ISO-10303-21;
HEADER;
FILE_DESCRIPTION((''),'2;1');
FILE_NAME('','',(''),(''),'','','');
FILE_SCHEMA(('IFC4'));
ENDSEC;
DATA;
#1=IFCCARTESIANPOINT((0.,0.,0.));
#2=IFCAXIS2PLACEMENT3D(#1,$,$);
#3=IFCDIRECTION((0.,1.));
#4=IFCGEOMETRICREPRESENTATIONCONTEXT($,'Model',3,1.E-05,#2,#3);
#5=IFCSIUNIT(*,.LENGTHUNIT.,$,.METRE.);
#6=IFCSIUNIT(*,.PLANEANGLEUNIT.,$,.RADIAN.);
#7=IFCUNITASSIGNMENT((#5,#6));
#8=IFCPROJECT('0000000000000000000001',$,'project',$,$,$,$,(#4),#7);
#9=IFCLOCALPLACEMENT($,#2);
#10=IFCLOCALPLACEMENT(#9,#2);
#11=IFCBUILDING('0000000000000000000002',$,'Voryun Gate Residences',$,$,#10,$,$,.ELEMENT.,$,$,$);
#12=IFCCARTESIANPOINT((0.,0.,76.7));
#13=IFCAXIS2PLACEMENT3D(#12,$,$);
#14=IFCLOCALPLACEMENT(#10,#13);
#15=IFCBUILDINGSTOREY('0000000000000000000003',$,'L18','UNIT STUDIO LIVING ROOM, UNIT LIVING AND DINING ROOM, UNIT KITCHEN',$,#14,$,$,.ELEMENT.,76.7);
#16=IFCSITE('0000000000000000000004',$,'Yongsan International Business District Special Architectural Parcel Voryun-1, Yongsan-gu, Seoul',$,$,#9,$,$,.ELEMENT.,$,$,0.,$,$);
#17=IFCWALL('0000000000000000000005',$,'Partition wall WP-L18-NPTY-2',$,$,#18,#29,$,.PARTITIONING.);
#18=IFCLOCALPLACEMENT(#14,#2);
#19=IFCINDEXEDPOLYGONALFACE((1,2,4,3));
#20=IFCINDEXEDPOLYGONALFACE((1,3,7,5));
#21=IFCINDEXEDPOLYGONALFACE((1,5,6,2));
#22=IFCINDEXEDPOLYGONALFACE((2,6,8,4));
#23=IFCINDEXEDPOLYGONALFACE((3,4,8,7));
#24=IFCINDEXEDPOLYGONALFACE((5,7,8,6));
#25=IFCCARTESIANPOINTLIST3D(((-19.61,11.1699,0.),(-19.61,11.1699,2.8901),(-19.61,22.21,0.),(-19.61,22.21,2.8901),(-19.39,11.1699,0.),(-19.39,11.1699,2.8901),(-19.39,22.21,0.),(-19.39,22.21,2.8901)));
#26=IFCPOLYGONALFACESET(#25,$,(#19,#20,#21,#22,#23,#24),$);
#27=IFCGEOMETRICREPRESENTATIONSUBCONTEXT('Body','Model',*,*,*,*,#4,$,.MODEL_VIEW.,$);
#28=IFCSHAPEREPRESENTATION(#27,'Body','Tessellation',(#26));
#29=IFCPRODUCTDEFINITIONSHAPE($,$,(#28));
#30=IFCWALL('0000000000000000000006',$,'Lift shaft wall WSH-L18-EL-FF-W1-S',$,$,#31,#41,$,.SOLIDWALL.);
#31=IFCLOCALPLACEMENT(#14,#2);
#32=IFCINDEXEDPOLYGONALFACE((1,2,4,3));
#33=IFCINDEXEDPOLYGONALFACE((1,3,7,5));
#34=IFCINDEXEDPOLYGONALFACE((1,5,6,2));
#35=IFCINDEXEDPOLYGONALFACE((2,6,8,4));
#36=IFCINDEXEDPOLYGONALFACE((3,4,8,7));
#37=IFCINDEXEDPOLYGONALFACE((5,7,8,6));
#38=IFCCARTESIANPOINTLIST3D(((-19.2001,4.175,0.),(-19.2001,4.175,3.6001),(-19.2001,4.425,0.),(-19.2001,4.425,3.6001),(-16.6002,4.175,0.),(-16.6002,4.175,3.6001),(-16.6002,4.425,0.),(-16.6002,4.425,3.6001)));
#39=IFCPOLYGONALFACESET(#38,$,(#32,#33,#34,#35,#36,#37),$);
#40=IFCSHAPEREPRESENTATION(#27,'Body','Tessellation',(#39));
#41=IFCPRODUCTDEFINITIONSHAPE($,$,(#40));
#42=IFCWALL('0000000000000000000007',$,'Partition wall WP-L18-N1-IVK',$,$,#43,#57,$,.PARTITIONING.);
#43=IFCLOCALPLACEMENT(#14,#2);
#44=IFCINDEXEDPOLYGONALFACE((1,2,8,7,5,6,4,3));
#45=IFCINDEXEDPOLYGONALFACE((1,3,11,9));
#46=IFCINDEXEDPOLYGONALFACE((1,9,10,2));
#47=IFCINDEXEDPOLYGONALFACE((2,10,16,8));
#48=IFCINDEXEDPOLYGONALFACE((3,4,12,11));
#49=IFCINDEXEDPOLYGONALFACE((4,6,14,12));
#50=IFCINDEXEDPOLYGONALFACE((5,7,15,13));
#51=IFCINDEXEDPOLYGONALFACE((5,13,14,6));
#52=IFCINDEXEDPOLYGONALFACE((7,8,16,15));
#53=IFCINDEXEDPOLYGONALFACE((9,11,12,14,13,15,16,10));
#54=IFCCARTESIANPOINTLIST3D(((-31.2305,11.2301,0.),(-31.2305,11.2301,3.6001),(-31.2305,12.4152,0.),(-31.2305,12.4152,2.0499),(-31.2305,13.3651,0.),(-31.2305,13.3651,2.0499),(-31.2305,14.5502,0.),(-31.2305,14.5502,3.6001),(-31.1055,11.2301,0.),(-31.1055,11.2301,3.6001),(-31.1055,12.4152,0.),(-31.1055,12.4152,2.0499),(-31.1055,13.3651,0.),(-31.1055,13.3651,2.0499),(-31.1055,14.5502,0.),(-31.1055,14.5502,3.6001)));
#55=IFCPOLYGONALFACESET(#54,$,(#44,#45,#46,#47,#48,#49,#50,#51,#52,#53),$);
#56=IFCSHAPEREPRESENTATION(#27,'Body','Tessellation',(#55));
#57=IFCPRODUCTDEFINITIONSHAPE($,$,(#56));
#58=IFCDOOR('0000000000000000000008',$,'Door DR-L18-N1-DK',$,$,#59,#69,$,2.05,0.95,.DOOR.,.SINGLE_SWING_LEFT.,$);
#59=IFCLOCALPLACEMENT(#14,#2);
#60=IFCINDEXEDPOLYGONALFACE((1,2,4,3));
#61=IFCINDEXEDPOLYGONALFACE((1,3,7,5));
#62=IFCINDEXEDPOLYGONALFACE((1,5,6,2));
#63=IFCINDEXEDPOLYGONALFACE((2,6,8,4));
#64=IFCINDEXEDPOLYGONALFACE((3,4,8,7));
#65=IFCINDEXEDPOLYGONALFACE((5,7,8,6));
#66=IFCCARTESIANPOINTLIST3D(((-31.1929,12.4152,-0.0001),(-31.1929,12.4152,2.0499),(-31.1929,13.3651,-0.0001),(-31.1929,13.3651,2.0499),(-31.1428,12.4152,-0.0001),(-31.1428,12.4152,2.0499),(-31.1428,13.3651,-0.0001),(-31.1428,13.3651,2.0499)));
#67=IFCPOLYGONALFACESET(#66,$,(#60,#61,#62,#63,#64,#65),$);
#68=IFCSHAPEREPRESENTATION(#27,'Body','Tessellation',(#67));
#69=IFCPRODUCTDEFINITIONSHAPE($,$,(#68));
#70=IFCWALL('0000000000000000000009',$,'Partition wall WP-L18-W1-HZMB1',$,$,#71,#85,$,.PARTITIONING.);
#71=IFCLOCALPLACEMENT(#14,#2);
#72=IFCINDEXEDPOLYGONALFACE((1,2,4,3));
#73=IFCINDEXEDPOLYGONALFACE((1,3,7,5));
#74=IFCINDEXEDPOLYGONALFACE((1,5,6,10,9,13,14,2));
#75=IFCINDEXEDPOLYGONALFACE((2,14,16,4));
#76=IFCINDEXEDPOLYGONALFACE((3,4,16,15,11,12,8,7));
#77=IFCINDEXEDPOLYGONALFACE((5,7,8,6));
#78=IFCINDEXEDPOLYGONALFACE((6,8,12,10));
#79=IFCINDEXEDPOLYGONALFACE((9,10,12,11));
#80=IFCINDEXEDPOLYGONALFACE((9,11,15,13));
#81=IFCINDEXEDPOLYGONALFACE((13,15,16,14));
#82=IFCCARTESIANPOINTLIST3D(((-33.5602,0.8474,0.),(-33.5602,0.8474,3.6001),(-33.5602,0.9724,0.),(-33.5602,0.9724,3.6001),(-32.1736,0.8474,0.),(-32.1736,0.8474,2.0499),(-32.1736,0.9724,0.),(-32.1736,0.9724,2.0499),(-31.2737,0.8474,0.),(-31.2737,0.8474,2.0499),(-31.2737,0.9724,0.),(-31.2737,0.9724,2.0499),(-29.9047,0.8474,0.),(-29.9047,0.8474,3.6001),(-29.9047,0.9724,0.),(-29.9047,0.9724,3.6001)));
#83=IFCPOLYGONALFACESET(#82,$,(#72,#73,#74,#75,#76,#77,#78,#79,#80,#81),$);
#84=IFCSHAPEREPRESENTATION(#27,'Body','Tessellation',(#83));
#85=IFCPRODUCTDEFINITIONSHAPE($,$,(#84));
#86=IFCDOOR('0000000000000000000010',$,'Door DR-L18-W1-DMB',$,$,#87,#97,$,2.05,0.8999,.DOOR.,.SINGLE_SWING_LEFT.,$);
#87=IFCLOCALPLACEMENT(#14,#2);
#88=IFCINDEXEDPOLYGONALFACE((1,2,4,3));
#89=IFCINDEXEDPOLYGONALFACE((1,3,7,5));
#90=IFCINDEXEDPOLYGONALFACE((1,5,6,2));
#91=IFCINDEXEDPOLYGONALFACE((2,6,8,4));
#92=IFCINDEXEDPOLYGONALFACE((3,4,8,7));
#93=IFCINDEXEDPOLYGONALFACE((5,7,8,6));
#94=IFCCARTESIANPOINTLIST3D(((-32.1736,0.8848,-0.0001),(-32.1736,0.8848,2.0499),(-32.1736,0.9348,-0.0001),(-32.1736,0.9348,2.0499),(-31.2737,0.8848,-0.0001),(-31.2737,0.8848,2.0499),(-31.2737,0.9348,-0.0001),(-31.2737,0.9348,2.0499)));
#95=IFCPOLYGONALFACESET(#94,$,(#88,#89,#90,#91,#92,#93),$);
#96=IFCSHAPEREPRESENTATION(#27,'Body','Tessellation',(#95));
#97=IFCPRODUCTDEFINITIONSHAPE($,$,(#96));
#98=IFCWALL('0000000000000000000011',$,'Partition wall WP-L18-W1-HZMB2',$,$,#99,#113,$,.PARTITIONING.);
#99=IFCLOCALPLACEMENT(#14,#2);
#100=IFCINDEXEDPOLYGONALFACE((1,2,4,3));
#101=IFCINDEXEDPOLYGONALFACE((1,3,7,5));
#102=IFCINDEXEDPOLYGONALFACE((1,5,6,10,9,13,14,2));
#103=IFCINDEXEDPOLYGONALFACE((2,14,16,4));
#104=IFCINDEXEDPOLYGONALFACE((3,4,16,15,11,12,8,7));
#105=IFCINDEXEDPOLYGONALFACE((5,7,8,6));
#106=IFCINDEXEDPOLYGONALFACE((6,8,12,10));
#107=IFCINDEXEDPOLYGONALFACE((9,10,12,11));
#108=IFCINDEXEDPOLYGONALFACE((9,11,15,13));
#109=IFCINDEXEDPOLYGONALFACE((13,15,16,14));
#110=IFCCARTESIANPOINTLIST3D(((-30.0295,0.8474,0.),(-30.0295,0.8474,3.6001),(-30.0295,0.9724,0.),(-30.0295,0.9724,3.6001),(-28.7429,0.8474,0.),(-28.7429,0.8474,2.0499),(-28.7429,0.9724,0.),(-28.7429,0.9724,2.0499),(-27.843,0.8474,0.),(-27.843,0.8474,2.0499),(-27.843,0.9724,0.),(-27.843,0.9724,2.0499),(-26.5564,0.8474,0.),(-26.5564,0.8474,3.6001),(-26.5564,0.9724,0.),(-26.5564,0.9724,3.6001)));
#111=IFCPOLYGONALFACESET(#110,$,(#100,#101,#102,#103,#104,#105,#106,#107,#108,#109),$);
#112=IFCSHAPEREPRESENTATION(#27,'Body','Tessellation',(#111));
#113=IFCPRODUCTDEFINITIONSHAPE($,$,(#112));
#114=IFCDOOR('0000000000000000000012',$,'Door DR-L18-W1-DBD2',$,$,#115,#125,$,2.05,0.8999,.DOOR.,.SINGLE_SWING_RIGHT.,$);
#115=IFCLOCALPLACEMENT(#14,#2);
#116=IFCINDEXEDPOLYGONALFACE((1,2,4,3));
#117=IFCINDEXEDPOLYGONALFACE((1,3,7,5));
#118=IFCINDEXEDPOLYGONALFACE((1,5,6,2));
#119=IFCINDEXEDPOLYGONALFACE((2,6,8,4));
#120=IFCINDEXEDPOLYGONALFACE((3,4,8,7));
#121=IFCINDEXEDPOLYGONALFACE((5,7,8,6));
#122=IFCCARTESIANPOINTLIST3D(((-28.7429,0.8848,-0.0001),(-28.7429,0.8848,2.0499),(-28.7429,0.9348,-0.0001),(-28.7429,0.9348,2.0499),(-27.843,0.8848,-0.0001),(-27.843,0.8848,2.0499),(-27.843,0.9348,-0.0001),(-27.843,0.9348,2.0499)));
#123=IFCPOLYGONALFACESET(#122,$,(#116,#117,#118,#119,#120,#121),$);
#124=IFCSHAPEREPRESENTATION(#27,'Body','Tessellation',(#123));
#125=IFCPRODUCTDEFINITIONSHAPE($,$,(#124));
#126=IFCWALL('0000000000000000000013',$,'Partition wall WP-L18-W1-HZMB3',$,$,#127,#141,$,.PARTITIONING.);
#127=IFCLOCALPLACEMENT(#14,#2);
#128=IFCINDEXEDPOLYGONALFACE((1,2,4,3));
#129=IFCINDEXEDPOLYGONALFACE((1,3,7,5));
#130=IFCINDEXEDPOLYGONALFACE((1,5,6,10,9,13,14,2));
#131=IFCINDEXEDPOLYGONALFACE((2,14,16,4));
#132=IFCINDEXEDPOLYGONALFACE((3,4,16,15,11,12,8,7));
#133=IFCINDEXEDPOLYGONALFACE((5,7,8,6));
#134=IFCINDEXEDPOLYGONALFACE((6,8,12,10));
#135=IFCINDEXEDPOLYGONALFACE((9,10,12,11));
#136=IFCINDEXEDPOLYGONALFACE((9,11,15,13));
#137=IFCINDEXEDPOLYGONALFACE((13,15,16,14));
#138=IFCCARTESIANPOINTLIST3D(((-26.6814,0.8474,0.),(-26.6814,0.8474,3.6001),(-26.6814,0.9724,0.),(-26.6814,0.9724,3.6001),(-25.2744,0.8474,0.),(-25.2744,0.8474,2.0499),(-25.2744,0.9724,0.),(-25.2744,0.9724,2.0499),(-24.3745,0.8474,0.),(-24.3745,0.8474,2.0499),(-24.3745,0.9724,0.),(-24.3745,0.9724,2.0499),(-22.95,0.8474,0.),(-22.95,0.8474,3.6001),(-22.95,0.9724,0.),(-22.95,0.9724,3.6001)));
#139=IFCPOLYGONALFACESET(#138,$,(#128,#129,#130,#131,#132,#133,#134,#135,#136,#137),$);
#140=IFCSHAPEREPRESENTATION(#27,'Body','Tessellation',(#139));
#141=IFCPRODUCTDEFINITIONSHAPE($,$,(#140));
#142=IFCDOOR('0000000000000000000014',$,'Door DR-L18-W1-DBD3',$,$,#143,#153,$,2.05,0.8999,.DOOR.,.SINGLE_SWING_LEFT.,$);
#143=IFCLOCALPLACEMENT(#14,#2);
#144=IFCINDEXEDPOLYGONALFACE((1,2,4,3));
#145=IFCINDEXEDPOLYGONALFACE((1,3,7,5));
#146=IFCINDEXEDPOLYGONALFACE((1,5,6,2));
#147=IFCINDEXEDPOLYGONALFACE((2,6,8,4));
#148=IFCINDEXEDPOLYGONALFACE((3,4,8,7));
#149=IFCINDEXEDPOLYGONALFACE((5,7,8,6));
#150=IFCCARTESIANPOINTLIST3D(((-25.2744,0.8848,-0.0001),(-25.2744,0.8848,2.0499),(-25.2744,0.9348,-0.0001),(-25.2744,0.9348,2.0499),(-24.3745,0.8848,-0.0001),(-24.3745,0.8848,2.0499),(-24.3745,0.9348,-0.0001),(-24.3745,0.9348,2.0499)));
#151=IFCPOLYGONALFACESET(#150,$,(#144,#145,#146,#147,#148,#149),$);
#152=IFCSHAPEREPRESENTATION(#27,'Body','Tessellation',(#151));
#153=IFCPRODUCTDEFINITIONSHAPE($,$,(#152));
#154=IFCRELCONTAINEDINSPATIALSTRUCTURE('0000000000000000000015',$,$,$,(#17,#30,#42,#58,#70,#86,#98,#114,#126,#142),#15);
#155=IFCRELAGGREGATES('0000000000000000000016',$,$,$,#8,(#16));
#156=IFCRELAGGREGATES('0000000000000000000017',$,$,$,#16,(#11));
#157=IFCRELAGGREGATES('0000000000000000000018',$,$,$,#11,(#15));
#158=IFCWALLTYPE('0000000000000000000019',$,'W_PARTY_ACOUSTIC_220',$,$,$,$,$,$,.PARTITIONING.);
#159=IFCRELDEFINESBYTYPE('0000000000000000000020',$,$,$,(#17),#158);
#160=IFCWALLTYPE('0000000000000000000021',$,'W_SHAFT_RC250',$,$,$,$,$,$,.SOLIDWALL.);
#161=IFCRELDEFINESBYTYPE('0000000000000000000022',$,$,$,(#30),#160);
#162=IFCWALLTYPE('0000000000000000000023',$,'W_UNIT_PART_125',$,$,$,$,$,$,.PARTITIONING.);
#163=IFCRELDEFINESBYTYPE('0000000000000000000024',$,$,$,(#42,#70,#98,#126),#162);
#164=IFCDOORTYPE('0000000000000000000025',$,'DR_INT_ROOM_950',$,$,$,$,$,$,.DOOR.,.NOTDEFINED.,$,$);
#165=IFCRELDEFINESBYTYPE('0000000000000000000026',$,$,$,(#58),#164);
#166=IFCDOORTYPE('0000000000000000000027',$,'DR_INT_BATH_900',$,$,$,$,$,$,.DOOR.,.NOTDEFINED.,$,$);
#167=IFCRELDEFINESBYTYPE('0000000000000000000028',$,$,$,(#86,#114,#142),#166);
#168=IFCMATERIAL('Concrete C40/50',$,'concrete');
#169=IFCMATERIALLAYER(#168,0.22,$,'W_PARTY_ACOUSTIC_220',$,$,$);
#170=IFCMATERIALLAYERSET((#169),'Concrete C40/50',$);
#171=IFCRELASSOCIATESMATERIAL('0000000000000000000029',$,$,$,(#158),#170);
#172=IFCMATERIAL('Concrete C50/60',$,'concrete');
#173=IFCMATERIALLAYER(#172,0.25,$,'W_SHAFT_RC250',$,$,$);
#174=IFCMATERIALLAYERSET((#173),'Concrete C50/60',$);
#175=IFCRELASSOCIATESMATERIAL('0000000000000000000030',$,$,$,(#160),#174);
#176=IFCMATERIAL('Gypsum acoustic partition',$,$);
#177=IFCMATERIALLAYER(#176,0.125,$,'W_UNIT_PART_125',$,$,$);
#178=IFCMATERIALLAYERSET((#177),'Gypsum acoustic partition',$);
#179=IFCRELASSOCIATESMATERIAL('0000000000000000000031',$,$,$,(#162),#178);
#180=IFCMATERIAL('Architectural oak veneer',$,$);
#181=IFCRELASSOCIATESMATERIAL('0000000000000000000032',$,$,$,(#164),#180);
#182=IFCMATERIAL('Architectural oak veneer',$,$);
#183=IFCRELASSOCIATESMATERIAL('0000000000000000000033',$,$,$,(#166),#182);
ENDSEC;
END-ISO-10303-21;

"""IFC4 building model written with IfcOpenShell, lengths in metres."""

from ifc_helpers import new_model, si_unit, direction, frame, frame_2d, origin, place, context, subcontext, project, spatial, rectangle, extrude, material, layer, layer_set, type_object, element, fill, save


model = new_model("IFC4")

# Units and contexts
model_context = context("Model", 3, precision=1e-05, world=origin(), true_north=direction((0.0, 1.0)))
body_context = subcontext(model_context, "Body", "Model", "MODEL_VIEW")
ifc_project = project(units=[si_unit("LENGTHUNIT", "METRE"), si_unit("PLANEANGLEUNIT", "RADIAN")], contexts=[model_context])

# Site, building, storey
site_placement = place(None, origin())
site = spatial("IfcSite", under=ifc_project, at=site_placement, Name="Yongsan International Business District Special Architectural Parcel Voryun-1, Yongsan-gu, Seoul", CompositionType="ELEMENT", RefElevation=0.0)
building_placement = place(site_placement, origin())
building = spatial("IfcBuilding", under=site, at=building_placement, Name="Voryun Gate Residences", CompositionType="ELEMENT")
storey_placement = place(building_placement, frame((0.0, 0.0, 76.7)))
storey = spatial("IfcBuildingStorey", under=building, at=storey_placement, Name="L18", Description="UNIT STUDIO LIVING ROOM, UNIT LIVING AND DINING ROOM, UNIT KITCHEN", CompositionType="ELEMENT", Elevation=76.7)

# Walls
ifc_material_1 = material(Name="Concrete C40/50", Category="concrete")
ifc_layer_1 = layer(ifc_material_1, 0.22, Name="W_PARTY_ACOUSTIC_220")
ifc_layer_set_1 = layer_set([ifc_layer_1], Name="Concrete C40/50")
wall_type_1 = type_object("IfcWallType", Name="W_PARTY_ACOUSTIC_220", PredefinedType="PARTITIONING", material=ifc_layer_set_1)
wall_1_placement = place(storey_placement, frame((-19.5, 11.1699, 0.0), z_axis=(0.0, 0.0, 1.0), x_axis=(0.0, 1.0, 0.0)))
element("IfcWall", 1, at=wall_1_placement, inside=storey, type_object=wall_type_1, Name="Partition wall WP-L18-NPTY-2", PredefinedType="PARTITIONING", context=body_context, shape_type="SweptSolid", body=[
    extrude(rectangle(XDim=11.04, YDim=0.22, at=frame_2d((5.52, 0.0))), origin(), (0.0, 0.0, 1.0), 2.8901),
])
ifc_material_2 = material(Name="Concrete C50/60", Category="concrete")
ifc_layer_2 = layer(ifc_material_2, 0.25, Name="W_SHAFT_RC250")
ifc_layer_set_2 = layer_set([ifc_layer_2], Name="Concrete C50/60")
wall_type_2 = type_object("IfcWallType", Name="W_SHAFT_RC250", PredefinedType="SOLIDWALL", material=ifc_layer_set_2)
wall_2_placement = place(storey_placement, frame((-19.2, 4.3, 0.0), z_axis=(0.0, 0.0, 1.0), x_axis=(1.0, 0.0, 0.0)))
element("IfcWall", 2, at=wall_2_placement, inside=storey, type_object=wall_type_2, Name="Lift shaft wall WSH-L18-EL-FF-W1-S", PredefinedType="SOLIDWALL", context=body_context, shape_type="SweptSolid", body=[
    extrude(rectangle(XDim=2.5999, YDim=0.25, at=frame_2d((1.2998, 0.0))), origin(), (0.0, 0.0, 1.0), 3.6001),
])

# Walls, openings, doors
ifc_material_3 = material(Name="Gypsum acoustic partition")
ifc_layer_3 = layer(ifc_material_3, 0.125, Name="W_UNIT_PART_125")
ifc_layer_set_3 = layer_set([ifc_layer_3], Name="Gypsum acoustic partition")
wall_type_3 = type_object("IfcWallType", Name="W_UNIT_PART_125", PredefinedType="PARTITIONING", material=ifc_layer_set_3)
wall_3_placement = place(storey_placement, frame((-31.168, 11.23, 0.0), z_axis=(0.0, 0.0, 1.0), x_axis=(0.0, 1.0, 0.0)))
wall_3 = element("IfcWall", 3, at=wall_3_placement, inside=storey, type_object=wall_type_3, Name="Partition wall WP-L18-N1-IVK", PredefinedType="PARTITIONING", context=body_context, shape_type="SweptSolid", body=[
    extrude(rectangle(XDim=3.3201, YDim=0.125, at=frame_2d((1.6602, 0.0))), origin(), (0.0, 0.0, 1.0), 3.6001),
])
opening_1_placement = place(wall_3_placement, frame((1.1851, 0.0, 0.0)))
opening_1 = element("IfcOpeningElement", 4, at=opening_1_placement, cuts=wall_3, PredefinedType="OPENING", context=body_context, shape_type="SweptSolid", body=[
    extrude(rectangle(XDim=0.95, YDim=2.05, at=frame_2d((0.4751, 1.0249))), frame((0.0, 0.0725, 0.0), z_axis=(0.0, -1.0, 0.0), x_axis=(1.0, 0.0, 0.0)), (0.0, 0.0, 1.0), 0.145),
])
ifc_material_4 = material(Name="Architectural oak veneer")
door_type_1 = type_object("IfcDoorType", Name="DR_INT_ROOM_950", OperationType="NOTDEFINED", PredefinedType="DOOR", material=ifc_material_4)
door_1_placement = place(opening_1_placement, origin())
door_1 = element("IfcDoor", 5, at=door_1_placement, inside=storey, type_object=door_type_1, Name="Door DR-L18-N1-DK", OperationType="SINGLE_SWING_LEFT", OverallHeight=2.05, OverallWidth=0.95, PredefinedType="DOOR", context=body_context, shape_type="SweptSolid", body=[
    extrude(rectangle(XDim=0.95, YDim=2.05, at=frame_2d((0.4751, 1.0249))), frame((0.0, 0.0249, 0.0), z_axis=(0.0, -1.0, 0.0), x_axis=(1.0, 0.0, 0.0)), (0.0, 0.0, 1.0), 0.05),
])
fill(opening_1, door_1)
wall_4_placement = place(storey_placement, frame((-33.5601, 0.9099, 0.0), z_axis=(0.0, 0.0, 1.0), x_axis=(1.0, 0.0, 0.0)))
wall_4 = element("IfcWall", 6, at=wall_4_placement, inside=storey, type_object=wall_type_3, Name="Partition wall WP-L18-W1-HZMB1", PredefinedType="PARTITIONING", context=body_context, shape_type="SweptSolid", body=[
    extrude(rectangle(XDim=3.6555, YDim=0.125, at=frame_2d((1.8276, 0.0))), origin(), (0.0, 0.0, 1.0), 3.6001),
])
opening_2_placement = place(wall_4_placement, frame((1.3865, 0.0, 0.0)))
opening_2 = element("IfcOpeningElement", 7, at=opening_2_placement, cuts=wall_4, PredefinedType="OPENING", context=body_context, shape_type="SweptSolid", body=[
    extrude(rectangle(XDim=0.8999, YDim=2.05, at=frame_2d((0.45, 1.0249))), frame((0.0, 0.0725, 0.0), z_axis=(0.0, -1.0, 0.0), x_axis=(1.0, 0.0, 0.0)), (0.0, 0.0, 1.0), 0.145),
])
ifc_material_5 = material(Name="Architectural oak veneer")
door_type_2 = type_object("IfcDoorType", Name="DR_INT_BATH_900", OperationType="NOTDEFINED", PredefinedType="DOOR", material=ifc_material_5)
door_2_placement = place(opening_2_placement, origin())
door_2 = element("IfcDoor", 8, at=door_2_placement, inside=storey, type_object=door_type_2, Name="Door DR-L18-W1-DMB", OperationType="SINGLE_SWING_LEFT", OverallHeight=2.05, OverallWidth=0.8999, PredefinedType="DOOR", context=body_context, shape_type="SweptSolid", body=[
    extrude(rectangle(XDim=0.8999, YDim=2.05, at=frame_2d((0.45, 1.0249))), frame((0.0, 0.0249, 0.0), z_axis=(0.0, -1.0, 0.0), x_axis=(1.0, 0.0, 0.0)), (0.0, 0.0, 1.0), 0.05),
])
fill(opening_2, door_2)
wall_5_placement = place(storey_placement, frame((-30.0295, 0.9099, 0.0), z_axis=(0.0, 0.0, 1.0), x_axis=(1.0, 0.0, 0.0)))
wall_5 = element("IfcWall", 9, at=wall_5_placement, inside=storey, type_object=wall_type_3, Name="Partition wall WP-L18-W1-HZMB2", PredefinedType="PARTITIONING", context=body_context, shape_type="SweptSolid", body=[
    extrude(rectangle(XDim=3.4731, YDim=0.125, at=frame_2d((1.7366, 0.0))), origin(), (0.0, 0.0, 1.0), 3.6001),
])
opening_3_placement = place(wall_5_placement, frame((1.2866, 0.0, 0.0)))
opening_3 = element("IfcOpeningElement", 10, at=opening_3_placement, cuts=wall_5, PredefinedType="OPENING", context=body_context, shape_type="SweptSolid", body=[
    extrude(rectangle(XDim=0.8999, YDim=2.05, at=frame_2d((0.45, 1.0249))), frame((0.0, 0.0725, 0.0), z_axis=(0.0, -1.0, 0.0), x_axis=(1.0, 0.0, 0.0)), (0.0, 0.0, 1.0), 0.145),
])
door_3_placement = place(opening_3_placement, origin())
door_3 = element("IfcDoor", 11, at=door_3_placement, inside=storey, type_object=door_type_2, Name="Door DR-L18-W1-DBD2", OperationType="SINGLE_SWING_RIGHT", OverallHeight=2.05, OverallWidth=0.8999, PredefinedType="DOOR", context=body_context, shape_type="SweptSolid", body=[
    extrude(rectangle(XDim=0.8999, YDim=2.05, at=frame_2d((0.45, 1.0249))), frame((0.0, 0.0249, 0.0), z_axis=(0.0, -1.0, 0.0), x_axis=(1.0, 0.0, 0.0)), (0.0, 0.0, 1.0), 0.05),
])
fill(opening_3, door_3)
wall_6_placement = place(storey_placement, frame((-26.6814, 0.9099, 0.0), z_axis=(0.0, 0.0, 1.0), x_axis=(1.0, 0.0, 0.0)))
wall_6 = element("IfcWall", 12, at=wall_6_placement, inside=storey, type_object=wall_type_3, Name="Partition wall WP-L18-W1-HZMB3", PredefinedType="PARTITIONING", context=body_context, shape_type="SweptSolid", body=[
    extrude(rectangle(XDim=3.7314, YDim=0.125, at=frame_2d((1.8657, 0.0))), origin(), (0.0, 0.0, 1.0), 3.6001),
])
opening_4_placement = place(wall_6_placement, frame((1.407, 0.0, 0.0)))
opening_4 = element("IfcOpeningElement", 13, at=opening_4_placement, cuts=wall_6, PredefinedType="OPENING", context=body_context, shape_type="SweptSolid", body=[
    extrude(rectangle(XDim=0.8999, YDim=2.05, at=frame_2d((0.45, 1.0249))), frame((0.0, 0.0725, 0.0), z_axis=(0.0, -1.0, 0.0), x_axis=(1.0, 0.0, 0.0)), (0.0, 0.0, 1.0), 0.145),
])
door_4_placement = place(opening_4_placement, origin())
door_4 = element("IfcDoor", 14, at=door_4_placement, inside=storey, type_object=door_type_2, Name="Door DR-L18-W1-DBD3", OperationType="SINGLE_SWING_LEFT", OverallHeight=2.05, OverallWidth=0.8999, PredefinedType="DOOR", context=body_context, shape_type="SweptSolid", body=[
    extrude(rectangle(XDim=0.8999, YDim=2.05, at=frame_2d((0.45, 1.0249))), frame((0.0, 0.0249, 0.0), z_axis=(0.0, -1.0, 0.0), x_axis=(1.0, 0.0, 0.0)), (0.0, 0.0, 1.0), 0.05),
])
fill(opening_4, door_4)

save(model, "model.ifc")
